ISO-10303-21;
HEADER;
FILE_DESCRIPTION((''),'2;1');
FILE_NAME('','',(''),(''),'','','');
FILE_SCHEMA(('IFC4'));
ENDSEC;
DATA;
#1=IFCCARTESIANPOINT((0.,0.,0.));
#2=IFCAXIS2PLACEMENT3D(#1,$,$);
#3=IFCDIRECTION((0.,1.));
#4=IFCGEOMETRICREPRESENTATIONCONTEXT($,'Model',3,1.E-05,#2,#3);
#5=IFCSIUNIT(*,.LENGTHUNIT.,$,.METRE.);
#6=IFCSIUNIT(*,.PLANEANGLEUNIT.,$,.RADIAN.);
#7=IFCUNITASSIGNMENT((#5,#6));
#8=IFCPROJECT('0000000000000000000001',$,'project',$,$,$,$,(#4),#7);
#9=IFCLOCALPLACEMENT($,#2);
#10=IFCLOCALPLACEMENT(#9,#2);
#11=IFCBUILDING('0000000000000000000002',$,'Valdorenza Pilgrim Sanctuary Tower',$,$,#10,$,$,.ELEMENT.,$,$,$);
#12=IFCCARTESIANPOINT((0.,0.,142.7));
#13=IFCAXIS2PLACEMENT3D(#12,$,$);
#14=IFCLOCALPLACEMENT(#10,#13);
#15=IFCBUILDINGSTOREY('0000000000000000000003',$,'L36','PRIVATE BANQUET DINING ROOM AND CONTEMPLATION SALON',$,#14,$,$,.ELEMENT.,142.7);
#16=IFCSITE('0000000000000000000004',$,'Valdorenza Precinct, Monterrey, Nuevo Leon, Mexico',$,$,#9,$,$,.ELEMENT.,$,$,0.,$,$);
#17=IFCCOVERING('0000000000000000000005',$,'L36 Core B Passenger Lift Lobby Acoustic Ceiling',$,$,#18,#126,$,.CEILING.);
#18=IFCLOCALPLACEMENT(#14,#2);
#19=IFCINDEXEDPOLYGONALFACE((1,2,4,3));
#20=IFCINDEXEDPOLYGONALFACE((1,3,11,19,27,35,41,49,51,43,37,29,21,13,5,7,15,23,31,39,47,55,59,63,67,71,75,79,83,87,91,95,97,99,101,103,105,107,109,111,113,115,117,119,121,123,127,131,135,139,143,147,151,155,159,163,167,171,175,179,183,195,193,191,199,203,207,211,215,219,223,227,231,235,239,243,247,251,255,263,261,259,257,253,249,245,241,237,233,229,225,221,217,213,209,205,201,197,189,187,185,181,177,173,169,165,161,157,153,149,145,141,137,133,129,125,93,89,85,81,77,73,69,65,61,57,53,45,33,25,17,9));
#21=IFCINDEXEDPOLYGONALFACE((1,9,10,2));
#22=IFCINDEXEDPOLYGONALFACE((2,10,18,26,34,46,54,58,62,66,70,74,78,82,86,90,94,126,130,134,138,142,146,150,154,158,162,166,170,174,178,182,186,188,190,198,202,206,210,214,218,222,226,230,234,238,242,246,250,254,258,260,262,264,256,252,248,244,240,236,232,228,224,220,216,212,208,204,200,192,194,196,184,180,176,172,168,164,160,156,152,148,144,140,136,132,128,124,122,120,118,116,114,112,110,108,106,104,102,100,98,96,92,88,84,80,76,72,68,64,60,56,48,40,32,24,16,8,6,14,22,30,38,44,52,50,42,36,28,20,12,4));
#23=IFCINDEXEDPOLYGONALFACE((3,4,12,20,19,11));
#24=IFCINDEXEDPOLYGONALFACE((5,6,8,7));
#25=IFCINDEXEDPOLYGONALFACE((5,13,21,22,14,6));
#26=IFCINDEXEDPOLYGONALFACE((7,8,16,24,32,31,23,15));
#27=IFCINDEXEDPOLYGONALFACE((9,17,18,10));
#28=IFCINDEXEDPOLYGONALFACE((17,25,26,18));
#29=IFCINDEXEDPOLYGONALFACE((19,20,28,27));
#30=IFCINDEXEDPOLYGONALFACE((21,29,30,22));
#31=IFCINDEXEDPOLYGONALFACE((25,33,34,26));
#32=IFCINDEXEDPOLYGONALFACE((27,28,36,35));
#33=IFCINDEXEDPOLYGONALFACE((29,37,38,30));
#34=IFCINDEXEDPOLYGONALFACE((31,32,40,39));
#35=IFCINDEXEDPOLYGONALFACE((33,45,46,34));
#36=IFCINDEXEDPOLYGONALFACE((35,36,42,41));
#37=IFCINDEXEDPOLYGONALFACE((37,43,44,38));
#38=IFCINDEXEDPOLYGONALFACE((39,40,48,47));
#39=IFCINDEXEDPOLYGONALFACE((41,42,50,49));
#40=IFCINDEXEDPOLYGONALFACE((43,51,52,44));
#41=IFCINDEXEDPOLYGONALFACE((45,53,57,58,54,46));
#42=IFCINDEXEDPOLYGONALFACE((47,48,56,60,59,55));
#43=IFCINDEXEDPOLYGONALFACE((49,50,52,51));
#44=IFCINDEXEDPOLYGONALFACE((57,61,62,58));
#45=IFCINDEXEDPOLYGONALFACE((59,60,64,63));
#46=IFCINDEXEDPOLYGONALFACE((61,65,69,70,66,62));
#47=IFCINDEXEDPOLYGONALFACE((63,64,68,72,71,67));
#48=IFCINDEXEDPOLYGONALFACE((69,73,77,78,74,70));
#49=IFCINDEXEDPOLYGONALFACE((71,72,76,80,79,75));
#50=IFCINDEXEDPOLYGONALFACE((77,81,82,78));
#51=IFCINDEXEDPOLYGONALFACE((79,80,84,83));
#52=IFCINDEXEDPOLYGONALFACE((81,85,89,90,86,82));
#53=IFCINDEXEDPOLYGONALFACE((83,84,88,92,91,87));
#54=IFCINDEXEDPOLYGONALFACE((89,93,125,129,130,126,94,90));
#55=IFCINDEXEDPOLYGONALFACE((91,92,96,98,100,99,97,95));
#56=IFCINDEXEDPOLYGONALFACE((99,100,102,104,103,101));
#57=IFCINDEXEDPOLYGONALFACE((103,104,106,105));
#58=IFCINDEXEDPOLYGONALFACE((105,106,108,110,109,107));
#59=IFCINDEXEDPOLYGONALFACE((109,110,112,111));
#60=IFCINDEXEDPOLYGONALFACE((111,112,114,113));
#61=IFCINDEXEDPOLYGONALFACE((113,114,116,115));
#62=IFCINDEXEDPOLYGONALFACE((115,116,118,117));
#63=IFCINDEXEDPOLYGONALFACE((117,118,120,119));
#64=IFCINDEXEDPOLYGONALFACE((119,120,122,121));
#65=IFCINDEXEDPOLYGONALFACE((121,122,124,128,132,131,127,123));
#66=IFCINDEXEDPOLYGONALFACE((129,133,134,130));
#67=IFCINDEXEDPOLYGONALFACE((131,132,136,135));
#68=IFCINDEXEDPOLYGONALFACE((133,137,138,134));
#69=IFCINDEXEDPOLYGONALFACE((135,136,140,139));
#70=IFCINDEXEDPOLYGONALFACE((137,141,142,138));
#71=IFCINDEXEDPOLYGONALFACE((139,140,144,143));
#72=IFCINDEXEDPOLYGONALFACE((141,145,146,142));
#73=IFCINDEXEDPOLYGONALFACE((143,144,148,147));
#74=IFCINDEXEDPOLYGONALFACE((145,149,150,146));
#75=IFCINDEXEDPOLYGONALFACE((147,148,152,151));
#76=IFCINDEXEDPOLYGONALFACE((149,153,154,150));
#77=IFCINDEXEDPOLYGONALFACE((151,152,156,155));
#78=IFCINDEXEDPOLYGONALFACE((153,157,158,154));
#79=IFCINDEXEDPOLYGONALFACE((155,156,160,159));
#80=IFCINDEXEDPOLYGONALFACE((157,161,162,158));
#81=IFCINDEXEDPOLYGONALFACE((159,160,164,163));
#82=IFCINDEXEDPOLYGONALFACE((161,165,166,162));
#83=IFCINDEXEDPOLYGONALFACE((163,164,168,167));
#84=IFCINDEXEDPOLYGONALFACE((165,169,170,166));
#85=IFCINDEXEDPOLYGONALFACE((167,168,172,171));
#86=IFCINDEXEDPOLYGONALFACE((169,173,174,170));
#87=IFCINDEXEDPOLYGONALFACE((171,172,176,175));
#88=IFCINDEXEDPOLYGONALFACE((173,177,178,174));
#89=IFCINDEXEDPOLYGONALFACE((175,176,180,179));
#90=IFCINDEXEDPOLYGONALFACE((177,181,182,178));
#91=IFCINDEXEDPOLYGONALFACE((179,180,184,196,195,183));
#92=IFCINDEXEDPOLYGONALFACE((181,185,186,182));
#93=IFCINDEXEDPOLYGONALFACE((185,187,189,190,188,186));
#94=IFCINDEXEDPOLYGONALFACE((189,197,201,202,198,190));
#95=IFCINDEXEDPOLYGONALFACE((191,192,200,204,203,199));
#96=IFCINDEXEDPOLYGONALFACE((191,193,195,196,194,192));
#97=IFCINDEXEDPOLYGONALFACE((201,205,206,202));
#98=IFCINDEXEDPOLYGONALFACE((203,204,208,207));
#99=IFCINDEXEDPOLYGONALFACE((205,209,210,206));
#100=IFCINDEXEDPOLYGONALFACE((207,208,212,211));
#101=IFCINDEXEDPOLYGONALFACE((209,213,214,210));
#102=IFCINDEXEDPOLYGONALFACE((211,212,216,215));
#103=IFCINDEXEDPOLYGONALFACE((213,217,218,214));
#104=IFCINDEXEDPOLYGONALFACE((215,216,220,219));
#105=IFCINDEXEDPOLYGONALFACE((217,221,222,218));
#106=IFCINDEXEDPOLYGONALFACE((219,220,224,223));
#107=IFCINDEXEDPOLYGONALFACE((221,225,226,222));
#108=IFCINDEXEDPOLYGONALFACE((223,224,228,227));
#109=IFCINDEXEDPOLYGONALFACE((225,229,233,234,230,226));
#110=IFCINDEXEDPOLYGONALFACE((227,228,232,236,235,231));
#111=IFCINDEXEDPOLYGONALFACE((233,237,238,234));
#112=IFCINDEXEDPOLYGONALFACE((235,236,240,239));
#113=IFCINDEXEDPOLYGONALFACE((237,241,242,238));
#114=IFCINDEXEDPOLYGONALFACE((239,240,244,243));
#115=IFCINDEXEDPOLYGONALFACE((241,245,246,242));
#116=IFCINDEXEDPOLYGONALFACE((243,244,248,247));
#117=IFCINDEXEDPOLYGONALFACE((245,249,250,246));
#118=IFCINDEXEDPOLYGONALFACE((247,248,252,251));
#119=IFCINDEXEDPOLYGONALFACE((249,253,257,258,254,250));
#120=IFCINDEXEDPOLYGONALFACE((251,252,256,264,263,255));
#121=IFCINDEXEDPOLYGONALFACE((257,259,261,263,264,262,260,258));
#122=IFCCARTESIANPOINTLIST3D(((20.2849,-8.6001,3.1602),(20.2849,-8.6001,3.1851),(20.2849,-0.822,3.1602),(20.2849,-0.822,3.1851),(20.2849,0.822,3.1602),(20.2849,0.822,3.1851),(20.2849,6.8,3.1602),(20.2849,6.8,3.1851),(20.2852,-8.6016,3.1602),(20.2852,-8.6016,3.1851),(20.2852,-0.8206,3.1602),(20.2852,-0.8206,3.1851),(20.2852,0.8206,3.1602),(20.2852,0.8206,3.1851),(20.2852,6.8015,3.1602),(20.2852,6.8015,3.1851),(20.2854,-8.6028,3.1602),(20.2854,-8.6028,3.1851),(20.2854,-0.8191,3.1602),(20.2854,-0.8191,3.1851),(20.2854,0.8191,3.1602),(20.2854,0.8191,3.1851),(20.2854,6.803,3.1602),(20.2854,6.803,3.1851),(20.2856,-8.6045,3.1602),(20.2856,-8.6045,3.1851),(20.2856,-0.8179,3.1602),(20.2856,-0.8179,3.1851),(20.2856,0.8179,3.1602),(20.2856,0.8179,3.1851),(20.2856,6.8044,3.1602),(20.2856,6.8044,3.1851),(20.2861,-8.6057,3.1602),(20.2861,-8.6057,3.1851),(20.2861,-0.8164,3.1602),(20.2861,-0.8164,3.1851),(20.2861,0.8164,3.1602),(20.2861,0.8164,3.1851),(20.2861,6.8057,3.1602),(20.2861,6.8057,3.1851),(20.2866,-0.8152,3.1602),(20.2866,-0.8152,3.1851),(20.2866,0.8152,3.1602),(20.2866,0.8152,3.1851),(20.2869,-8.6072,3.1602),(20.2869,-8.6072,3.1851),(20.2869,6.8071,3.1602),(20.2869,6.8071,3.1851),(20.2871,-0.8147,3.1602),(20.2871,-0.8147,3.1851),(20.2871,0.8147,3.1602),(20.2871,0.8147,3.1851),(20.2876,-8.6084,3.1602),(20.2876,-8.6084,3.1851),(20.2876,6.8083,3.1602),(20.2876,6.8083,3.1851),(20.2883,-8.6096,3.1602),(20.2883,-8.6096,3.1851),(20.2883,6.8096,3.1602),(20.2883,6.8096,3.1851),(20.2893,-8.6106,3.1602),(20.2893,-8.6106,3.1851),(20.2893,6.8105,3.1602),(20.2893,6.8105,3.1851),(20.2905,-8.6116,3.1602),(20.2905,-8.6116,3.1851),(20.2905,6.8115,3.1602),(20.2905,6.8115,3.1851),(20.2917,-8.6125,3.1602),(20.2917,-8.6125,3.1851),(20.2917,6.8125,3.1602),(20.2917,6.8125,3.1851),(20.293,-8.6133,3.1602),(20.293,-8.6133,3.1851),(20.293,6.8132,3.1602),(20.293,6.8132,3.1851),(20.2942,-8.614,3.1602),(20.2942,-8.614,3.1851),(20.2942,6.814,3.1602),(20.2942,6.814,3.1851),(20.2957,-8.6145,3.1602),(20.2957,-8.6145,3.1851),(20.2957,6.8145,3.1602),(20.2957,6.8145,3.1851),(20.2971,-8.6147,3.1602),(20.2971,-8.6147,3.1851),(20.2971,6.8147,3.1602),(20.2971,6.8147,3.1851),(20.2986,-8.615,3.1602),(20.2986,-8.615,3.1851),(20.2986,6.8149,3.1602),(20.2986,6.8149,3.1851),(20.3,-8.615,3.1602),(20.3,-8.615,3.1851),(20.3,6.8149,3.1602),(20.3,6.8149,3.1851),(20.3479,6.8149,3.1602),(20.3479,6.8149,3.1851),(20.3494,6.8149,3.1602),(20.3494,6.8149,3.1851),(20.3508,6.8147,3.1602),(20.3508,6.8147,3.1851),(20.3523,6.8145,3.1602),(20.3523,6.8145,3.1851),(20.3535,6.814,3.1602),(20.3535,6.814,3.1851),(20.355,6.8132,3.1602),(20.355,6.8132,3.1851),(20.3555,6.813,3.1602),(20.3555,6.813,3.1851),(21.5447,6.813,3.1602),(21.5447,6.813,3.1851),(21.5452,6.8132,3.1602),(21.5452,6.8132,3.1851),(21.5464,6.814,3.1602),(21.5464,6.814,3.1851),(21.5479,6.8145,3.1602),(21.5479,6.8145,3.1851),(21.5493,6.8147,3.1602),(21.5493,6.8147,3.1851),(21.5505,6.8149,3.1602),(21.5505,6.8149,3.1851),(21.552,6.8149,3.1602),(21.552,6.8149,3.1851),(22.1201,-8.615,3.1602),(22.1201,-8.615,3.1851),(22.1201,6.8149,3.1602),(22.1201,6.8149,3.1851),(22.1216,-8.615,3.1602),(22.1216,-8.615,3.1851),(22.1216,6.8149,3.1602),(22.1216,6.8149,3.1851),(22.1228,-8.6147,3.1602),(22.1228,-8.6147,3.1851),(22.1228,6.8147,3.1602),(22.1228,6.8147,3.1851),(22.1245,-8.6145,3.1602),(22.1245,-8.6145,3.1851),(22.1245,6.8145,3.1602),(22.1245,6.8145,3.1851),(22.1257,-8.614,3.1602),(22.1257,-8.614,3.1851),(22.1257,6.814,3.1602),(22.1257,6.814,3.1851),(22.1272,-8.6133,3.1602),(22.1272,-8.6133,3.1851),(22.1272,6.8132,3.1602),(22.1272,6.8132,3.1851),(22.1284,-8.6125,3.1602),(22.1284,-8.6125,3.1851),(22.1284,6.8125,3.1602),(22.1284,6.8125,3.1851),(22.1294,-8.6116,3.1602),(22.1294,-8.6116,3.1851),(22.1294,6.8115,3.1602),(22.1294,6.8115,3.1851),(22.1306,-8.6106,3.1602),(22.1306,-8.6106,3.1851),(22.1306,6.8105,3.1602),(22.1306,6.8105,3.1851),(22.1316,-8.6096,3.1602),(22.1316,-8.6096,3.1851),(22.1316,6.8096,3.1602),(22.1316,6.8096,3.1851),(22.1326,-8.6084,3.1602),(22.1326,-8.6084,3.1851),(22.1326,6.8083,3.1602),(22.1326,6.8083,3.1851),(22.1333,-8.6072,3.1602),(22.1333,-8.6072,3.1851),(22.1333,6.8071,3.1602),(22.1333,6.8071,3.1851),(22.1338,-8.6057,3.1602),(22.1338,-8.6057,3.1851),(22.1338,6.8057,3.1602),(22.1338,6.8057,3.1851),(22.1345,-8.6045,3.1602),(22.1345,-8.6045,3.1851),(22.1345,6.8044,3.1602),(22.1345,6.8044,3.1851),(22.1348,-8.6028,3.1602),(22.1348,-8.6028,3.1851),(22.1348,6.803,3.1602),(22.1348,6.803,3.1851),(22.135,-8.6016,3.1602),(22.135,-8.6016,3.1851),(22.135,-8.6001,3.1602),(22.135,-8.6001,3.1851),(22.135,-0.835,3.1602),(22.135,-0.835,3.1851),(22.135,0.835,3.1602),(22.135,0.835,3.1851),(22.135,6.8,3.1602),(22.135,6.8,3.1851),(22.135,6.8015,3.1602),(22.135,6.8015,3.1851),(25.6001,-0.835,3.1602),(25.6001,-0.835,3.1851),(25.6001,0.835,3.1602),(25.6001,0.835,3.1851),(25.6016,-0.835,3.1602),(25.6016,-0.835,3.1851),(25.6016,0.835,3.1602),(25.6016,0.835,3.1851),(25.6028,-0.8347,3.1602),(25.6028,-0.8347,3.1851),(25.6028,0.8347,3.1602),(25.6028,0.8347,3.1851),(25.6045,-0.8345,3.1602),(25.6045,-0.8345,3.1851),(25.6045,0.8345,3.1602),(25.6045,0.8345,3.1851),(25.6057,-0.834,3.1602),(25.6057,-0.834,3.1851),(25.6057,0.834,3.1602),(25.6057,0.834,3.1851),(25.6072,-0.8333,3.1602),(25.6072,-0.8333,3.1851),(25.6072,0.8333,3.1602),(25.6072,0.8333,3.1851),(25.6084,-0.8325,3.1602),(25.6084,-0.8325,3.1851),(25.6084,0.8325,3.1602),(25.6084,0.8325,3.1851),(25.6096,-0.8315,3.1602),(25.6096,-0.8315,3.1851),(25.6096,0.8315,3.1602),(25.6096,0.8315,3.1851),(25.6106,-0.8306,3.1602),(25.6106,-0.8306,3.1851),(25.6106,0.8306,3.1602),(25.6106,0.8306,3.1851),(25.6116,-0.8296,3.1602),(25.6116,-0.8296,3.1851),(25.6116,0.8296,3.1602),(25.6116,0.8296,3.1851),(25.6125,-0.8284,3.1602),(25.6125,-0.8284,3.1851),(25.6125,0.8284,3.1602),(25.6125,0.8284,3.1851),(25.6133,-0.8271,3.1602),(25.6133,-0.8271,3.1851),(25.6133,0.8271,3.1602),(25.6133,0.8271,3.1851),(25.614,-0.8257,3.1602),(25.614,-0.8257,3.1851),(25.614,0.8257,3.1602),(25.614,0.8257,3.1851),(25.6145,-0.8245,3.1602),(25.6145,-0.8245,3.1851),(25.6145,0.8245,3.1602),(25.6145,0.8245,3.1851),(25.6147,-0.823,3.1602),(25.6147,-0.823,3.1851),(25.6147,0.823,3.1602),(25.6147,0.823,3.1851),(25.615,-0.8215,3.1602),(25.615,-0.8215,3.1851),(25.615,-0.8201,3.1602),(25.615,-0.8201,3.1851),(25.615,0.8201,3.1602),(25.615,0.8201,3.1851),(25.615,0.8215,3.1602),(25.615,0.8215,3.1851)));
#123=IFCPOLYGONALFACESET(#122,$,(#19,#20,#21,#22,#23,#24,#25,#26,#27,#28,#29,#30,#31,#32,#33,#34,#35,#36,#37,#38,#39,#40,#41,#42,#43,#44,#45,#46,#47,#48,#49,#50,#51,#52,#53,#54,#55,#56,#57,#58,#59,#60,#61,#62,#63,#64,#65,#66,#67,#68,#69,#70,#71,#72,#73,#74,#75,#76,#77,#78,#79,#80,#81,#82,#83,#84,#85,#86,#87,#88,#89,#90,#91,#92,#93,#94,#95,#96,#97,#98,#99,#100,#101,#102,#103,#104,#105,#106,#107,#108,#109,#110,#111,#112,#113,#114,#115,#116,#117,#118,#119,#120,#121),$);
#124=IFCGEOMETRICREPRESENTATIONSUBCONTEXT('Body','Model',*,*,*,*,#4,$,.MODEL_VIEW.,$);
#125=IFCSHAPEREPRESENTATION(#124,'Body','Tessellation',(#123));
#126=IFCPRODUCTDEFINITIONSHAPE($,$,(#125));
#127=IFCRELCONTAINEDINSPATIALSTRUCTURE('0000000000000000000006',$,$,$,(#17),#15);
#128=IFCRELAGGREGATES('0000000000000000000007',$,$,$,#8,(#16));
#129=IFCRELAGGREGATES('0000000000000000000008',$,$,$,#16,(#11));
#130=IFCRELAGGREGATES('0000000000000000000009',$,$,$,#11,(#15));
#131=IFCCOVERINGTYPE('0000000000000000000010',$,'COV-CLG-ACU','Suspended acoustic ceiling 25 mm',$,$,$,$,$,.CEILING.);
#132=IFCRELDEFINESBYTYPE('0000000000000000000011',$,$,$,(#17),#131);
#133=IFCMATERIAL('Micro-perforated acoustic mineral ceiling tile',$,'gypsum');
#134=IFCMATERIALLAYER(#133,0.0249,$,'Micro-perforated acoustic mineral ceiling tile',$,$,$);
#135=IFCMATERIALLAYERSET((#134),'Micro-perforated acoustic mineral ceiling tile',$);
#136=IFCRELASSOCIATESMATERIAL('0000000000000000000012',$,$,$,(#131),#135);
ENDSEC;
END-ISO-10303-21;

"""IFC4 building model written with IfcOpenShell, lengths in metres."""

from ifc_helpers import new_model, si_unit, direction, frame, origin, place, context, subcontext, project, spatial, polyline, outline, extrude, material, layer, layer_set, type_object, element, save


model = new_model("IFC4")

# Units and contexts
model_context = context("Model", 3, precision=1e-05, world=origin(), true_north=direction((0.0, 1.0)))
body_context = subcontext(model_context, "Body", "Model", "MODEL_VIEW")
ifc_project = project(units=[si_unit("LENGTHUNIT", "METRE"), si_unit("PLANEANGLEUNIT", "RADIAN")], contexts=[model_context])

# Site, building, storey
site_placement = place(None, origin())
site = spatial("IfcSite", under=ifc_project, at=site_placement, Name="Valdorenza Precinct, Monterrey, Nuevo Leon, Mexico", CompositionType="ELEMENT", RefElevation=0.0)
building_placement = place(site_placement, origin())
building = spatial("IfcBuilding", under=site, at=building_placement, Name="Valdorenza Pilgrim Sanctuary Tower", CompositionType="ELEMENT")
storey_placement = place(building_placement, frame((0.0, 0.0, 142.7)))
storey = spatial("IfcBuildingStorey", under=building, at=storey_placement, Name="L36", Description="PRIVATE BANQUET DINING ROOM AND CONTEMPLATION SALON", CompositionType="ELEMENT", Elevation=142.7)

# Covering
ifc_material_1 = material(Name="Micro-perforated acoustic mineral ceiling tile", Category="gypsum")
ifc_layer_1 = layer(ifc_material_1, 0.0249, Name="Micro-perforated acoustic mineral ceiling tile")
ifc_layer_set_1 = layer_set([ifc_layer_1], Name="Micro-perforated acoustic mineral ceiling tile")
covering_type_1 = type_object("IfcCoveringType", Name="COV-CLG-ACU", Description="Suspended acoustic ceiling 25 mm", PredefinedType="CEILING", material=ifc_layer_set_1)
covering_1_placement = place(storey_placement, frame((0.0, 0.0, 3.1602)))
element("IfcCovering", 1, at=covering_1_placement, inside=storey, type_object=covering_type_1, Name="L36 Core B Passenger Lift Lobby Acoustic Ceiling", PredefinedType="CEILING", context=body_context, shape_type="SweptSolid", body=[
    extrude(outline(polyline([(20.2871, -0.8147), (20.2871, 0.8147), (20.2866, 0.8152), (20.2861, 0.8164), (20.2856, 0.8179), (20.2854, 0.8191), (20.2852, 0.8206), (20.2849, 0.822), (20.2849, 6.8), (20.2852, 6.8015), (20.2854, 6.803), (20.2856, 6.8044), (20.2861, 6.8057), (20.2869, 6.8071), (20.2876, 6.8083), (20.2883, 6.8096), (20.2893, 6.8105), (20.2905, 6.8115), (20.2917, 6.8125), (20.293, 6.8132), (20.2942, 6.814), (20.2957, 6.8145), (20.2971, 6.8147), (20.2986, 6.8149), (20.3, 6.8149), (20.3479, 6.8149), (20.3494, 6.8149), (20.3508, 6.8147), (20.3523, 6.8145), (20.3535, 6.814), (20.355, 6.8132), (20.3555, 6.813), (21.5447, 6.813), (21.5452, 6.8132), (21.5464, 6.814), (21.5479, 6.8145), (21.5493, 6.8147), (21.5505, 6.8149), (21.552, 6.8149), (22.1201, 6.8149), (22.1216, 6.8149), (22.1228, 6.8147), (22.1245, 6.8145), (22.1257, 6.814), (22.1272, 6.8132), (22.1284, 6.8125), (22.1294, 6.8115), (22.1306, 6.8105), (22.1316, 6.8096), (22.1326, 6.8083), (22.1333, 6.8071), (22.1338, 6.8057), (22.1345, 6.8044), (22.1348, 6.803), (22.135, 6.8015), (22.135, 6.8), (22.135, 0.835), (25.6001, 0.835), (25.6016, 0.835), (25.6028, 0.8347), (25.6045, 0.8345), (25.6057, 0.834), (25.6072, 0.8333), (25.6084, 0.8325), (25.6096, 0.8315), (25.6106, 0.8306), (25.6116, 0.8296), (25.6125, 0.8284), (25.6133, 0.8271), (25.614, 0.8257), (25.6145, 0.8245), (25.6147, 0.823), (25.615, 0.8215), (25.615, 0.8201), (25.615, -0.8201), (25.615, -0.8215), (25.6147, -0.823), (25.6145, -0.8245), (25.614, -0.8257), (25.6133, -0.8271), (25.6125, -0.8284), (25.6116, -0.8296), (25.6106, -0.8306), (25.6096, -0.8315), (25.6084, -0.8325), (25.6072, -0.8333), (25.6057, -0.834), (25.6045, -0.8345), (25.6028, -0.8347), (25.6016, -0.835), (25.6001, -0.835), (22.135, -0.835), (22.135, -8.6001), (22.135, -8.6016), (22.1348, -8.6028), (22.1345, -8.6045), (22.1338, -8.6057), (22.1333, -8.6072), (22.1326, -8.6084), (22.1316, -8.6096), (22.1306, -8.6106), (22.1294, -8.6116), (22.1284, -8.6125), (22.1272, -8.6133), (22.1257, -8.614), (22.1245, -8.6145), (22.1228, -8.6147), (22.1216, -8.615), (22.1201, -8.615), (20.3, -8.615), (20.2986, -8.615), (20.2971, -8.6147), (20.2957, -8.6145), (20.2942, -8.614), (20.293, -8.6133), (20.2917, -8.6125), (20.2905, -8.6116), (20.2893, -8.6106), (20.2883, -8.6096), (20.2876, -8.6084), (20.2869, -8.6072), (20.2861, -8.6057), (20.2856, -8.6045), (20.2854, -8.6028), (20.2852, -8.6016), (20.2849, -8.6001), (20.2849, -0.822), (20.2852, -0.8206), (20.2854, -0.8191), (20.2856, -0.8179), (20.2861, -0.8164), (20.2866, -0.8152), (20.2871, -0.8147)])), origin(), (0.0, 0.0, 1.0), 0.0249),
])

save(model, "model.ifc")
